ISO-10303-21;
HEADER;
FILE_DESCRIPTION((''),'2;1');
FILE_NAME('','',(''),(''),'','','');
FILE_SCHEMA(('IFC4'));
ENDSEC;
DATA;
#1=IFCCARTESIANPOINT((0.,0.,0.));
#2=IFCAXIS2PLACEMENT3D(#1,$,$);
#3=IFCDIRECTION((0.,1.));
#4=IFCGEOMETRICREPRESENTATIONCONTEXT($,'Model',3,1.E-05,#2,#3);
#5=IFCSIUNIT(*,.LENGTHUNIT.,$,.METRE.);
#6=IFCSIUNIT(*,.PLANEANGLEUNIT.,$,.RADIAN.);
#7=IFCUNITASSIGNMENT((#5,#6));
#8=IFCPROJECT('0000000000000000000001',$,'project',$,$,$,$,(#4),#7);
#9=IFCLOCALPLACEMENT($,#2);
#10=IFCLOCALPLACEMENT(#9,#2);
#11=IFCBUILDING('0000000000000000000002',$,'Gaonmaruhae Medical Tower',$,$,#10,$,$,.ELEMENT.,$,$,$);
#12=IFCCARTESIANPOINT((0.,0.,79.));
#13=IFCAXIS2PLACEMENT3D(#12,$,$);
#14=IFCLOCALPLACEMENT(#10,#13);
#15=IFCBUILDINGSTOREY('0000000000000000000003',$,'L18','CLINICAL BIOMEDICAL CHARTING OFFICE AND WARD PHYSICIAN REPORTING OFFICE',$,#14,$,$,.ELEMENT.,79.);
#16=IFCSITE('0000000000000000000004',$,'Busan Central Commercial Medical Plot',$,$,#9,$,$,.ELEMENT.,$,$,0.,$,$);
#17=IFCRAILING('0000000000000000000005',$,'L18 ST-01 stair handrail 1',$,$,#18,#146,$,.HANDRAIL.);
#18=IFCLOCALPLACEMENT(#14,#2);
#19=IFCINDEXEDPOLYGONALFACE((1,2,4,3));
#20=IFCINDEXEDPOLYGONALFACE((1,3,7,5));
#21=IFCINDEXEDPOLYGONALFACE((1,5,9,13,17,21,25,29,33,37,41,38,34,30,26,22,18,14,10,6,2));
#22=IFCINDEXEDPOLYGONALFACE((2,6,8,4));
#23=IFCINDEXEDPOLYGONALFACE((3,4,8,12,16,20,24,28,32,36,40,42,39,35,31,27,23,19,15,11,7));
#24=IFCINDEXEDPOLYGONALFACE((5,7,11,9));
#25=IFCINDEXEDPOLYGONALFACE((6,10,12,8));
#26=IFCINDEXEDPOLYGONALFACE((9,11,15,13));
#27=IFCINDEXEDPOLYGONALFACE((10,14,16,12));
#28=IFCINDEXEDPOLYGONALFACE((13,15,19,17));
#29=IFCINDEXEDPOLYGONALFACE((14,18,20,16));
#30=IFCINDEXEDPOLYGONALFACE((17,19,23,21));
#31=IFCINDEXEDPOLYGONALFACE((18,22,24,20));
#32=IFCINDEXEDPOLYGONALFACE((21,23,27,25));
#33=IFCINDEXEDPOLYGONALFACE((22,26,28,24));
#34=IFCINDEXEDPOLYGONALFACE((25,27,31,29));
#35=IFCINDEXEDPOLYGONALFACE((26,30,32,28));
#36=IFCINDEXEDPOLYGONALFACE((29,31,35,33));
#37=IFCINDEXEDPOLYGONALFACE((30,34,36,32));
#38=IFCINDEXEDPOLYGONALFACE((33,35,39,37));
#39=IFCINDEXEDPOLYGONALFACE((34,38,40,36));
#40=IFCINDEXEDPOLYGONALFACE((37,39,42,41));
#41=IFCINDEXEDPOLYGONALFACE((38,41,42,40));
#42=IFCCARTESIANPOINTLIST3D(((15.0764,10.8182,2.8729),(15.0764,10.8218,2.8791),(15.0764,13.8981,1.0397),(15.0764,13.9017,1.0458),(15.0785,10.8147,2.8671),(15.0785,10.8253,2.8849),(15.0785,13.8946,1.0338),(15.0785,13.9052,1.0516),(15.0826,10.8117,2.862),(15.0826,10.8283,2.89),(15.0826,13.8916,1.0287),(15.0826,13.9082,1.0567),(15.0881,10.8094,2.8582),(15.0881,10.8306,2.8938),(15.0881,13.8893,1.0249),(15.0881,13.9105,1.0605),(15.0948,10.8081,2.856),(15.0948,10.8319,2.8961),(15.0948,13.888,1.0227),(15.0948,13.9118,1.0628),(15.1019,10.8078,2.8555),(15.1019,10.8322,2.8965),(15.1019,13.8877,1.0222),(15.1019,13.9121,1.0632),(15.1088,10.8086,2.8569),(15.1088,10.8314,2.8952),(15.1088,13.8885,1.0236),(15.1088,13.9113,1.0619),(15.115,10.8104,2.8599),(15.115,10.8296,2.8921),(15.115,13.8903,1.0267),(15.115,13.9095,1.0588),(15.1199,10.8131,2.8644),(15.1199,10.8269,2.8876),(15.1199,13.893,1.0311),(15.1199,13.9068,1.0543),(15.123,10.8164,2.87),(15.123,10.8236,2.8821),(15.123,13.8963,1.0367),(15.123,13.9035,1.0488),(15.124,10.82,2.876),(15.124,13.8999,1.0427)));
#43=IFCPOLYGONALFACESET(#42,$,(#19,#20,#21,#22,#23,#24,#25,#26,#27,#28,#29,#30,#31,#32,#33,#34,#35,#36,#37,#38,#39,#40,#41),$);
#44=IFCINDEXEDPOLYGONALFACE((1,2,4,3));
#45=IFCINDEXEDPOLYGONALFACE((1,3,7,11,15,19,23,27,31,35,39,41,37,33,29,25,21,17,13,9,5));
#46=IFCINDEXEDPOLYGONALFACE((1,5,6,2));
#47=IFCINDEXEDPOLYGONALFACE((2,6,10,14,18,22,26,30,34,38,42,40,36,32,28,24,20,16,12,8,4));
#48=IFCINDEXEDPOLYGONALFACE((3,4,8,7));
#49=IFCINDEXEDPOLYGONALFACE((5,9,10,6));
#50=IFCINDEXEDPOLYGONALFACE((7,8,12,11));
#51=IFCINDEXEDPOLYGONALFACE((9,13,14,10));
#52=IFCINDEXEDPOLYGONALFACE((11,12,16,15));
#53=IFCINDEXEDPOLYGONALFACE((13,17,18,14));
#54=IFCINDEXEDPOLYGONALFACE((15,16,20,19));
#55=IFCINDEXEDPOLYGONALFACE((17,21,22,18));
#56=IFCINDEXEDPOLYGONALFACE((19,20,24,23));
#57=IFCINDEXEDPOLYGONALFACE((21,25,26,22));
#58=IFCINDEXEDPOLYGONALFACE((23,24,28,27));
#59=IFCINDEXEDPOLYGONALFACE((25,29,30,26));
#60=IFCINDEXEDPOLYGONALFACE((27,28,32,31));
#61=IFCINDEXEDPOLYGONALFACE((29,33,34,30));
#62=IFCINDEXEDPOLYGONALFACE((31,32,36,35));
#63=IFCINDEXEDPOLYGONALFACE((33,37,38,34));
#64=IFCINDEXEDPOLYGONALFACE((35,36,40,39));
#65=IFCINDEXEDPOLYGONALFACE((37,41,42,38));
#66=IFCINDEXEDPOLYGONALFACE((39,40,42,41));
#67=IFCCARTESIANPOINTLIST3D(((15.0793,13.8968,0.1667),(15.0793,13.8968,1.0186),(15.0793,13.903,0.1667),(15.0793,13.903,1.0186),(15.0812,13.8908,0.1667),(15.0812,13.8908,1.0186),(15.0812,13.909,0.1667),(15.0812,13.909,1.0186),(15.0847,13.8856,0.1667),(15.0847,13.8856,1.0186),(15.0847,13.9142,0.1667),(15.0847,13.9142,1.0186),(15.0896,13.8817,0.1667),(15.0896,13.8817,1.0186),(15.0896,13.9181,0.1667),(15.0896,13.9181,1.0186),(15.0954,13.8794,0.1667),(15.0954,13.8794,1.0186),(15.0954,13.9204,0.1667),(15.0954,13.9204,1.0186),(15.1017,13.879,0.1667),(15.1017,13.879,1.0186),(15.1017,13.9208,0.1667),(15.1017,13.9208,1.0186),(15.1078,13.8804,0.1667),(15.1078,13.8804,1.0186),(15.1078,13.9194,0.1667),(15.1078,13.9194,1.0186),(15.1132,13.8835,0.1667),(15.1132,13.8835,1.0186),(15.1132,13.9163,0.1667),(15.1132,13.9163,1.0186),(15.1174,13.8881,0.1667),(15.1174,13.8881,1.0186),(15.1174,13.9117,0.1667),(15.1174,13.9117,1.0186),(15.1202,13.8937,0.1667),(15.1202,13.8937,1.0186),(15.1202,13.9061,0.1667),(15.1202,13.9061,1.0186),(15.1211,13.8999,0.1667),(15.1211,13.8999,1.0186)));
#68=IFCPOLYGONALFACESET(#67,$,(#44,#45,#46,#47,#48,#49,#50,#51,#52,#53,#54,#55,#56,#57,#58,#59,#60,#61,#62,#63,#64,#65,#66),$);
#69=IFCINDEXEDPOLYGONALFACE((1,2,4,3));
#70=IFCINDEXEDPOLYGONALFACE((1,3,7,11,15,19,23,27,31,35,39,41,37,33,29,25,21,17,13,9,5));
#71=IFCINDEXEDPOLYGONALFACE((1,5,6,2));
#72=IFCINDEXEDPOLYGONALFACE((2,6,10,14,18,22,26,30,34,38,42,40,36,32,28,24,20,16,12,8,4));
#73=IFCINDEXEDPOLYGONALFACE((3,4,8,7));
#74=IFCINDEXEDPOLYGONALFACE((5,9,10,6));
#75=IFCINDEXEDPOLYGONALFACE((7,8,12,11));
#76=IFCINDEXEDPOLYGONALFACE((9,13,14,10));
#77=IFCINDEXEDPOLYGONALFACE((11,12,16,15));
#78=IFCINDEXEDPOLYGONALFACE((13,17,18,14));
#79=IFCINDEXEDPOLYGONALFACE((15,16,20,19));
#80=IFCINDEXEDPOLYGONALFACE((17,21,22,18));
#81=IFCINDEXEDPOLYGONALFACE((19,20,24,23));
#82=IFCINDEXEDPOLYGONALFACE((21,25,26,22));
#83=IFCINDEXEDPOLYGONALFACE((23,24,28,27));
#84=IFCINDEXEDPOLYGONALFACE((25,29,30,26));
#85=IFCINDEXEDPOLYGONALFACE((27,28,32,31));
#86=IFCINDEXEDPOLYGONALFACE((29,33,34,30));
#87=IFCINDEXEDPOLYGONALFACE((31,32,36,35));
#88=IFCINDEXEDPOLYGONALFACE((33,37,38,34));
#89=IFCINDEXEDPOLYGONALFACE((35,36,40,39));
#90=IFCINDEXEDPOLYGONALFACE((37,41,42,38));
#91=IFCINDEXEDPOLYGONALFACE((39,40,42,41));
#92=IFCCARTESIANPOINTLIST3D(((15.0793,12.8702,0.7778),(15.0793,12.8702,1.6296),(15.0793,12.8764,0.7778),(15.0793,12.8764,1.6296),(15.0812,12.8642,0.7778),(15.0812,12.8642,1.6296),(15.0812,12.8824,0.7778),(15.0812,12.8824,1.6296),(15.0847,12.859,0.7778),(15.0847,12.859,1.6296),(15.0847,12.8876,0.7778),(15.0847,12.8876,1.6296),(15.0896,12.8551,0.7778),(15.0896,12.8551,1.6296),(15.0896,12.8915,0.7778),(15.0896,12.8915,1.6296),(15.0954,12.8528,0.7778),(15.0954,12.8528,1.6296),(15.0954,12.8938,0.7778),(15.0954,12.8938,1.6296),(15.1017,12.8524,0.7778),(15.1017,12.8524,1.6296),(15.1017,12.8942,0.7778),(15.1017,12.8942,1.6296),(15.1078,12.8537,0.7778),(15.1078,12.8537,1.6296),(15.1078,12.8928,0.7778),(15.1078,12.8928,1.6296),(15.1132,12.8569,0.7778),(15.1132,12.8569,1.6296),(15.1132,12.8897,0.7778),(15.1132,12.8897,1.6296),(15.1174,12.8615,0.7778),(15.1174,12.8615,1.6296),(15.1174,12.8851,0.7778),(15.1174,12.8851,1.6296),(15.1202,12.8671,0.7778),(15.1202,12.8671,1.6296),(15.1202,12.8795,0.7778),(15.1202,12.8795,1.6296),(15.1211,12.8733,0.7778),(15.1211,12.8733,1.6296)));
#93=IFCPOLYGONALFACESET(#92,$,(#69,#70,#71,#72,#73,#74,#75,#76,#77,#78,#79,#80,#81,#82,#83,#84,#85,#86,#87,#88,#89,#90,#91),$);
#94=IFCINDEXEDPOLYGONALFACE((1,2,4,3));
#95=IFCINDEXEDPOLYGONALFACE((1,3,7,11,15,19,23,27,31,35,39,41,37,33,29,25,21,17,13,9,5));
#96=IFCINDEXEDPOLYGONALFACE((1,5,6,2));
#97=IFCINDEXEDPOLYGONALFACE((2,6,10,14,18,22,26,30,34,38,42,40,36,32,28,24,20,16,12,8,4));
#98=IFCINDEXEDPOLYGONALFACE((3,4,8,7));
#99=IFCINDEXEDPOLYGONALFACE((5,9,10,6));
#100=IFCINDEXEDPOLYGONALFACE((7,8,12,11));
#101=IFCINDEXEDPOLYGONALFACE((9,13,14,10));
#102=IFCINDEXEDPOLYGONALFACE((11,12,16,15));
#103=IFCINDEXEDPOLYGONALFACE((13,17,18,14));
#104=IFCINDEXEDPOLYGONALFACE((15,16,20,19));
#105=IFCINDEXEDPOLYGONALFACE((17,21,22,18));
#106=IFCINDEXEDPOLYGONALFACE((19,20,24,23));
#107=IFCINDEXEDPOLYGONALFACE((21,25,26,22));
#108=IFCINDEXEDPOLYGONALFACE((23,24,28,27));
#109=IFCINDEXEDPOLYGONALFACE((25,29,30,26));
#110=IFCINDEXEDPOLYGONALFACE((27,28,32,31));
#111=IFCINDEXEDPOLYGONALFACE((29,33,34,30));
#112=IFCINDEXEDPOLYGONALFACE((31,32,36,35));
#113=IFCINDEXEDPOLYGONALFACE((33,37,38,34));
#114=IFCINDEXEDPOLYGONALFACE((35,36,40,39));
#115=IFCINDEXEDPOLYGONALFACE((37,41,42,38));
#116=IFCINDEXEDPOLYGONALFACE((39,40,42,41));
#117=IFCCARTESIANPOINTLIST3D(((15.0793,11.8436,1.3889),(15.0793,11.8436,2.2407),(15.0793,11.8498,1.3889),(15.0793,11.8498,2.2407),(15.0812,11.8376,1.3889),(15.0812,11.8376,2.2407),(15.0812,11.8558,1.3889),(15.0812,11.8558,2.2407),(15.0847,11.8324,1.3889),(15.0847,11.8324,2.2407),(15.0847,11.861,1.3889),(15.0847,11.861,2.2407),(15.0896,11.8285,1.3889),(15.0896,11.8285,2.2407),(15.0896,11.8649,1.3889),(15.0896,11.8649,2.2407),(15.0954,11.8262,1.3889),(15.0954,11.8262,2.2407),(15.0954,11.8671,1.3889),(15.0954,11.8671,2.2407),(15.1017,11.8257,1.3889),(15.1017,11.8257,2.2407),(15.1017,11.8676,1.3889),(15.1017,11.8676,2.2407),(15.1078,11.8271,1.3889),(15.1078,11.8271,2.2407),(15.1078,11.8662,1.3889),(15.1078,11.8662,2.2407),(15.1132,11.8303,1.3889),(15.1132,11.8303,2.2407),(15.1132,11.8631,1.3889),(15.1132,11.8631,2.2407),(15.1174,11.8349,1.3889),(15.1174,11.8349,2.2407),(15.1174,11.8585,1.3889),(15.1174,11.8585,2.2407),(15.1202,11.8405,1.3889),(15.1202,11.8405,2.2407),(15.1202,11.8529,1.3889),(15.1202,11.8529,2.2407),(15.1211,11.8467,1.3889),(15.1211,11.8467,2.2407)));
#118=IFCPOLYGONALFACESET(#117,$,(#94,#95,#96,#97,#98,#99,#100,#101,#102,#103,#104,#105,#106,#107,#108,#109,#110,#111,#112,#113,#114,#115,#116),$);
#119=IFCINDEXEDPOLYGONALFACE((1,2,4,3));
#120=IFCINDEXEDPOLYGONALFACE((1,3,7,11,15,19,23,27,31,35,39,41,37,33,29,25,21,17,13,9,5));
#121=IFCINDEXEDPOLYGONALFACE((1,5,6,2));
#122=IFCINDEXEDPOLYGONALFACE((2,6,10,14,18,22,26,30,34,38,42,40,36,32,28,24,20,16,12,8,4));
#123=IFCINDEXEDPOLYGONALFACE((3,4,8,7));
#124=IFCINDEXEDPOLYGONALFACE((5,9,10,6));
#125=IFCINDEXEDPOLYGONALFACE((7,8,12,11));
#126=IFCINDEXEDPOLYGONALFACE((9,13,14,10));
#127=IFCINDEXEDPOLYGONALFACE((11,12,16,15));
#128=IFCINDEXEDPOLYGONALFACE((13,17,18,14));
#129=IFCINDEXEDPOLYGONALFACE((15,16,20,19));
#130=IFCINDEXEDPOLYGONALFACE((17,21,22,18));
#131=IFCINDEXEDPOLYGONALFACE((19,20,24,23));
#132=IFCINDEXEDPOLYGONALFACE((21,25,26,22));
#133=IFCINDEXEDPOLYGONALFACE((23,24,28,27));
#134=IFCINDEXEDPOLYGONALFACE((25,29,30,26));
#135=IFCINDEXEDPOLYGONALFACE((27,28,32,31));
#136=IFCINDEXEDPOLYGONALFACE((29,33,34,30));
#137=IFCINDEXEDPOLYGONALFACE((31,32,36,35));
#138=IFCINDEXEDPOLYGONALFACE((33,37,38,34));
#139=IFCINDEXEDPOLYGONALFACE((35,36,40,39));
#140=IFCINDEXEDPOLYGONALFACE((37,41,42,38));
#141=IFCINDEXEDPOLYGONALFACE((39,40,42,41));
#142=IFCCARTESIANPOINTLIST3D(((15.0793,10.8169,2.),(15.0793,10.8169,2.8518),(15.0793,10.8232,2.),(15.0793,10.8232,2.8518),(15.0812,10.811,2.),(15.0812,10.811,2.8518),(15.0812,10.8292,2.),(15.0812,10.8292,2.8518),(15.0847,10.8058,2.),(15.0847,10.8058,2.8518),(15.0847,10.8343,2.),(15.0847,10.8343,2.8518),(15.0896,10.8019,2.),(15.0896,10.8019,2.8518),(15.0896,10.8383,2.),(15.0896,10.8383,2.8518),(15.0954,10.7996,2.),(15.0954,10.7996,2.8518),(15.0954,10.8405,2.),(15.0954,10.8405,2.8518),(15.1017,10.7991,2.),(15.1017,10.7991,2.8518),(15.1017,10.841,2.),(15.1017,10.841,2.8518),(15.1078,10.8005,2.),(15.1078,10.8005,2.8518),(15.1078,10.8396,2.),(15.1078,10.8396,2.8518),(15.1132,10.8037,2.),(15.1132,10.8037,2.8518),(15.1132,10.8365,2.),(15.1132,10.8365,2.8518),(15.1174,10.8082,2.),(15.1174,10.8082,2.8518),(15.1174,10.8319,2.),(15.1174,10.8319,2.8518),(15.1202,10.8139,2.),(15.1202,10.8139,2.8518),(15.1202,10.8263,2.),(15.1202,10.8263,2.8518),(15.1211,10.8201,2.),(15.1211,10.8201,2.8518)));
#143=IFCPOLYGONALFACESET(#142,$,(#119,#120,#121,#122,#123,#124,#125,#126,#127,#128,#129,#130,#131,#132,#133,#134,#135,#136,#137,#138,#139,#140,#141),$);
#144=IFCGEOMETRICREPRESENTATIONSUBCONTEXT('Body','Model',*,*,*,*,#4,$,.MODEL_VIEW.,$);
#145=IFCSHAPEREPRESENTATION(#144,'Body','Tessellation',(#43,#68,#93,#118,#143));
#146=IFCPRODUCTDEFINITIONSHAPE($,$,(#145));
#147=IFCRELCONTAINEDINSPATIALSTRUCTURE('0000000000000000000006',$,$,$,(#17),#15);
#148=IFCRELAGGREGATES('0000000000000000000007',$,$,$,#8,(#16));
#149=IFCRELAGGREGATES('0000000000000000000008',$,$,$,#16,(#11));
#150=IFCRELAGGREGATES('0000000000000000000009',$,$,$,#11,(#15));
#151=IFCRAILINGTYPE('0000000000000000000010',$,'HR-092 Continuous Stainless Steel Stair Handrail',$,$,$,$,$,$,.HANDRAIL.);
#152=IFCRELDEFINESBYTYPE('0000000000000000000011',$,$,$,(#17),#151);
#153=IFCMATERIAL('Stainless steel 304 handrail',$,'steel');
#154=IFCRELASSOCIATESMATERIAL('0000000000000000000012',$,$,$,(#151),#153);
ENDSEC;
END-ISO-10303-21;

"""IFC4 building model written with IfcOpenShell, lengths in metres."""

from ifc_helpers import new_model, si_unit, direction, frame, origin, origin_2d, place, context, subcontext, project, spatial, circle, extrude, material, type_object, element, save


model = new_model("IFC4")

# Units and contexts
model_context = context("Model", 3, precision=1e-05, world=origin(), true_north=direction((0.0, 1.0)))
body_context = subcontext(model_context, "Body", "Model", "MODEL_VIEW")
ifc_project = project(units=[si_unit("LENGTHUNIT", "METRE"), si_unit("PLANEANGLEUNIT", "RADIAN")], contexts=[model_context])

# Site, building, storey
site_placement = place(None, origin())
site = spatial("IfcSite", under=ifc_project, at=site_placement, Name="Busan Central Commercial Medical Plot", CompositionType="ELEMENT", RefElevation=0.0)
building_placement = place(site_placement, origin())
building = spatial("IfcBuilding", under=site, at=building_placement, Name="Gaonmaruhae Medical Tower", CompositionType="ELEMENT")
storey_placement = place(building_placement, frame((0.0, 0.0, 79.0)))
storey = spatial("IfcBuildingStorey", under=building, at=storey_placement, Name="L18", Description="CLINICAL BIOMEDICAL CHARTING OFFICE AND WARD PHYSICIAN REPORTING OFFICE", CompositionType="ELEMENT", Elevation=79.0)

# Railing
ifc_material_1 = material(Name="Stainless steel 304 handrail", Category="steel")
railing_type_1 = type_object("IfcRailingType", Name="HR-092 Continuous Stainless Steel Stair Handrail", PredefinedType="HANDRAIL", material=ifc_material_1)
railing_1_placement = place(storey_placement, frame((15.1001, 13.8999, 0.1667)))
element("IfcRailing", 1, at=railing_1_placement, inside=storey, type_object=railing_type_1, Name="L18 ST-01 stair handrail 1", PredefinedType="HANDRAIL", context=body_context, shape_type="SweptSolid", body=[
    extrude(circle(Radius=0.0239, at=origin_2d()), frame((0.0, 0.0, 0.876), z_axis=(0.0, -0.859291, 0.511487), x_axis=(1.0, 0.0, 0.0)), (0.0, 0.0, 1.0), 3.5842),
    extrude(circle(Radius=0.021, at=origin_2d()), origin(), (0.0, 0.0, 1.0), 0.8518),
    extrude(circle(Radius=0.021, at=origin_2d()), frame((0.0, -1.0266, 0.6111)), (0.0, 0.0, 1.0), 0.8518),
    extrude(circle(Radius=0.021, at=origin_2d()), frame((0.0, -2.0532, 1.2222)), (0.0, 0.0, 1.0), 0.8518),
    extrude(circle(Radius=0.021, at=origin_2d()), frame((0.0, -3.0798, 1.8333)), (0.0, 0.0, 1.0), 0.8518),
])

save(model, "model.ifc")
